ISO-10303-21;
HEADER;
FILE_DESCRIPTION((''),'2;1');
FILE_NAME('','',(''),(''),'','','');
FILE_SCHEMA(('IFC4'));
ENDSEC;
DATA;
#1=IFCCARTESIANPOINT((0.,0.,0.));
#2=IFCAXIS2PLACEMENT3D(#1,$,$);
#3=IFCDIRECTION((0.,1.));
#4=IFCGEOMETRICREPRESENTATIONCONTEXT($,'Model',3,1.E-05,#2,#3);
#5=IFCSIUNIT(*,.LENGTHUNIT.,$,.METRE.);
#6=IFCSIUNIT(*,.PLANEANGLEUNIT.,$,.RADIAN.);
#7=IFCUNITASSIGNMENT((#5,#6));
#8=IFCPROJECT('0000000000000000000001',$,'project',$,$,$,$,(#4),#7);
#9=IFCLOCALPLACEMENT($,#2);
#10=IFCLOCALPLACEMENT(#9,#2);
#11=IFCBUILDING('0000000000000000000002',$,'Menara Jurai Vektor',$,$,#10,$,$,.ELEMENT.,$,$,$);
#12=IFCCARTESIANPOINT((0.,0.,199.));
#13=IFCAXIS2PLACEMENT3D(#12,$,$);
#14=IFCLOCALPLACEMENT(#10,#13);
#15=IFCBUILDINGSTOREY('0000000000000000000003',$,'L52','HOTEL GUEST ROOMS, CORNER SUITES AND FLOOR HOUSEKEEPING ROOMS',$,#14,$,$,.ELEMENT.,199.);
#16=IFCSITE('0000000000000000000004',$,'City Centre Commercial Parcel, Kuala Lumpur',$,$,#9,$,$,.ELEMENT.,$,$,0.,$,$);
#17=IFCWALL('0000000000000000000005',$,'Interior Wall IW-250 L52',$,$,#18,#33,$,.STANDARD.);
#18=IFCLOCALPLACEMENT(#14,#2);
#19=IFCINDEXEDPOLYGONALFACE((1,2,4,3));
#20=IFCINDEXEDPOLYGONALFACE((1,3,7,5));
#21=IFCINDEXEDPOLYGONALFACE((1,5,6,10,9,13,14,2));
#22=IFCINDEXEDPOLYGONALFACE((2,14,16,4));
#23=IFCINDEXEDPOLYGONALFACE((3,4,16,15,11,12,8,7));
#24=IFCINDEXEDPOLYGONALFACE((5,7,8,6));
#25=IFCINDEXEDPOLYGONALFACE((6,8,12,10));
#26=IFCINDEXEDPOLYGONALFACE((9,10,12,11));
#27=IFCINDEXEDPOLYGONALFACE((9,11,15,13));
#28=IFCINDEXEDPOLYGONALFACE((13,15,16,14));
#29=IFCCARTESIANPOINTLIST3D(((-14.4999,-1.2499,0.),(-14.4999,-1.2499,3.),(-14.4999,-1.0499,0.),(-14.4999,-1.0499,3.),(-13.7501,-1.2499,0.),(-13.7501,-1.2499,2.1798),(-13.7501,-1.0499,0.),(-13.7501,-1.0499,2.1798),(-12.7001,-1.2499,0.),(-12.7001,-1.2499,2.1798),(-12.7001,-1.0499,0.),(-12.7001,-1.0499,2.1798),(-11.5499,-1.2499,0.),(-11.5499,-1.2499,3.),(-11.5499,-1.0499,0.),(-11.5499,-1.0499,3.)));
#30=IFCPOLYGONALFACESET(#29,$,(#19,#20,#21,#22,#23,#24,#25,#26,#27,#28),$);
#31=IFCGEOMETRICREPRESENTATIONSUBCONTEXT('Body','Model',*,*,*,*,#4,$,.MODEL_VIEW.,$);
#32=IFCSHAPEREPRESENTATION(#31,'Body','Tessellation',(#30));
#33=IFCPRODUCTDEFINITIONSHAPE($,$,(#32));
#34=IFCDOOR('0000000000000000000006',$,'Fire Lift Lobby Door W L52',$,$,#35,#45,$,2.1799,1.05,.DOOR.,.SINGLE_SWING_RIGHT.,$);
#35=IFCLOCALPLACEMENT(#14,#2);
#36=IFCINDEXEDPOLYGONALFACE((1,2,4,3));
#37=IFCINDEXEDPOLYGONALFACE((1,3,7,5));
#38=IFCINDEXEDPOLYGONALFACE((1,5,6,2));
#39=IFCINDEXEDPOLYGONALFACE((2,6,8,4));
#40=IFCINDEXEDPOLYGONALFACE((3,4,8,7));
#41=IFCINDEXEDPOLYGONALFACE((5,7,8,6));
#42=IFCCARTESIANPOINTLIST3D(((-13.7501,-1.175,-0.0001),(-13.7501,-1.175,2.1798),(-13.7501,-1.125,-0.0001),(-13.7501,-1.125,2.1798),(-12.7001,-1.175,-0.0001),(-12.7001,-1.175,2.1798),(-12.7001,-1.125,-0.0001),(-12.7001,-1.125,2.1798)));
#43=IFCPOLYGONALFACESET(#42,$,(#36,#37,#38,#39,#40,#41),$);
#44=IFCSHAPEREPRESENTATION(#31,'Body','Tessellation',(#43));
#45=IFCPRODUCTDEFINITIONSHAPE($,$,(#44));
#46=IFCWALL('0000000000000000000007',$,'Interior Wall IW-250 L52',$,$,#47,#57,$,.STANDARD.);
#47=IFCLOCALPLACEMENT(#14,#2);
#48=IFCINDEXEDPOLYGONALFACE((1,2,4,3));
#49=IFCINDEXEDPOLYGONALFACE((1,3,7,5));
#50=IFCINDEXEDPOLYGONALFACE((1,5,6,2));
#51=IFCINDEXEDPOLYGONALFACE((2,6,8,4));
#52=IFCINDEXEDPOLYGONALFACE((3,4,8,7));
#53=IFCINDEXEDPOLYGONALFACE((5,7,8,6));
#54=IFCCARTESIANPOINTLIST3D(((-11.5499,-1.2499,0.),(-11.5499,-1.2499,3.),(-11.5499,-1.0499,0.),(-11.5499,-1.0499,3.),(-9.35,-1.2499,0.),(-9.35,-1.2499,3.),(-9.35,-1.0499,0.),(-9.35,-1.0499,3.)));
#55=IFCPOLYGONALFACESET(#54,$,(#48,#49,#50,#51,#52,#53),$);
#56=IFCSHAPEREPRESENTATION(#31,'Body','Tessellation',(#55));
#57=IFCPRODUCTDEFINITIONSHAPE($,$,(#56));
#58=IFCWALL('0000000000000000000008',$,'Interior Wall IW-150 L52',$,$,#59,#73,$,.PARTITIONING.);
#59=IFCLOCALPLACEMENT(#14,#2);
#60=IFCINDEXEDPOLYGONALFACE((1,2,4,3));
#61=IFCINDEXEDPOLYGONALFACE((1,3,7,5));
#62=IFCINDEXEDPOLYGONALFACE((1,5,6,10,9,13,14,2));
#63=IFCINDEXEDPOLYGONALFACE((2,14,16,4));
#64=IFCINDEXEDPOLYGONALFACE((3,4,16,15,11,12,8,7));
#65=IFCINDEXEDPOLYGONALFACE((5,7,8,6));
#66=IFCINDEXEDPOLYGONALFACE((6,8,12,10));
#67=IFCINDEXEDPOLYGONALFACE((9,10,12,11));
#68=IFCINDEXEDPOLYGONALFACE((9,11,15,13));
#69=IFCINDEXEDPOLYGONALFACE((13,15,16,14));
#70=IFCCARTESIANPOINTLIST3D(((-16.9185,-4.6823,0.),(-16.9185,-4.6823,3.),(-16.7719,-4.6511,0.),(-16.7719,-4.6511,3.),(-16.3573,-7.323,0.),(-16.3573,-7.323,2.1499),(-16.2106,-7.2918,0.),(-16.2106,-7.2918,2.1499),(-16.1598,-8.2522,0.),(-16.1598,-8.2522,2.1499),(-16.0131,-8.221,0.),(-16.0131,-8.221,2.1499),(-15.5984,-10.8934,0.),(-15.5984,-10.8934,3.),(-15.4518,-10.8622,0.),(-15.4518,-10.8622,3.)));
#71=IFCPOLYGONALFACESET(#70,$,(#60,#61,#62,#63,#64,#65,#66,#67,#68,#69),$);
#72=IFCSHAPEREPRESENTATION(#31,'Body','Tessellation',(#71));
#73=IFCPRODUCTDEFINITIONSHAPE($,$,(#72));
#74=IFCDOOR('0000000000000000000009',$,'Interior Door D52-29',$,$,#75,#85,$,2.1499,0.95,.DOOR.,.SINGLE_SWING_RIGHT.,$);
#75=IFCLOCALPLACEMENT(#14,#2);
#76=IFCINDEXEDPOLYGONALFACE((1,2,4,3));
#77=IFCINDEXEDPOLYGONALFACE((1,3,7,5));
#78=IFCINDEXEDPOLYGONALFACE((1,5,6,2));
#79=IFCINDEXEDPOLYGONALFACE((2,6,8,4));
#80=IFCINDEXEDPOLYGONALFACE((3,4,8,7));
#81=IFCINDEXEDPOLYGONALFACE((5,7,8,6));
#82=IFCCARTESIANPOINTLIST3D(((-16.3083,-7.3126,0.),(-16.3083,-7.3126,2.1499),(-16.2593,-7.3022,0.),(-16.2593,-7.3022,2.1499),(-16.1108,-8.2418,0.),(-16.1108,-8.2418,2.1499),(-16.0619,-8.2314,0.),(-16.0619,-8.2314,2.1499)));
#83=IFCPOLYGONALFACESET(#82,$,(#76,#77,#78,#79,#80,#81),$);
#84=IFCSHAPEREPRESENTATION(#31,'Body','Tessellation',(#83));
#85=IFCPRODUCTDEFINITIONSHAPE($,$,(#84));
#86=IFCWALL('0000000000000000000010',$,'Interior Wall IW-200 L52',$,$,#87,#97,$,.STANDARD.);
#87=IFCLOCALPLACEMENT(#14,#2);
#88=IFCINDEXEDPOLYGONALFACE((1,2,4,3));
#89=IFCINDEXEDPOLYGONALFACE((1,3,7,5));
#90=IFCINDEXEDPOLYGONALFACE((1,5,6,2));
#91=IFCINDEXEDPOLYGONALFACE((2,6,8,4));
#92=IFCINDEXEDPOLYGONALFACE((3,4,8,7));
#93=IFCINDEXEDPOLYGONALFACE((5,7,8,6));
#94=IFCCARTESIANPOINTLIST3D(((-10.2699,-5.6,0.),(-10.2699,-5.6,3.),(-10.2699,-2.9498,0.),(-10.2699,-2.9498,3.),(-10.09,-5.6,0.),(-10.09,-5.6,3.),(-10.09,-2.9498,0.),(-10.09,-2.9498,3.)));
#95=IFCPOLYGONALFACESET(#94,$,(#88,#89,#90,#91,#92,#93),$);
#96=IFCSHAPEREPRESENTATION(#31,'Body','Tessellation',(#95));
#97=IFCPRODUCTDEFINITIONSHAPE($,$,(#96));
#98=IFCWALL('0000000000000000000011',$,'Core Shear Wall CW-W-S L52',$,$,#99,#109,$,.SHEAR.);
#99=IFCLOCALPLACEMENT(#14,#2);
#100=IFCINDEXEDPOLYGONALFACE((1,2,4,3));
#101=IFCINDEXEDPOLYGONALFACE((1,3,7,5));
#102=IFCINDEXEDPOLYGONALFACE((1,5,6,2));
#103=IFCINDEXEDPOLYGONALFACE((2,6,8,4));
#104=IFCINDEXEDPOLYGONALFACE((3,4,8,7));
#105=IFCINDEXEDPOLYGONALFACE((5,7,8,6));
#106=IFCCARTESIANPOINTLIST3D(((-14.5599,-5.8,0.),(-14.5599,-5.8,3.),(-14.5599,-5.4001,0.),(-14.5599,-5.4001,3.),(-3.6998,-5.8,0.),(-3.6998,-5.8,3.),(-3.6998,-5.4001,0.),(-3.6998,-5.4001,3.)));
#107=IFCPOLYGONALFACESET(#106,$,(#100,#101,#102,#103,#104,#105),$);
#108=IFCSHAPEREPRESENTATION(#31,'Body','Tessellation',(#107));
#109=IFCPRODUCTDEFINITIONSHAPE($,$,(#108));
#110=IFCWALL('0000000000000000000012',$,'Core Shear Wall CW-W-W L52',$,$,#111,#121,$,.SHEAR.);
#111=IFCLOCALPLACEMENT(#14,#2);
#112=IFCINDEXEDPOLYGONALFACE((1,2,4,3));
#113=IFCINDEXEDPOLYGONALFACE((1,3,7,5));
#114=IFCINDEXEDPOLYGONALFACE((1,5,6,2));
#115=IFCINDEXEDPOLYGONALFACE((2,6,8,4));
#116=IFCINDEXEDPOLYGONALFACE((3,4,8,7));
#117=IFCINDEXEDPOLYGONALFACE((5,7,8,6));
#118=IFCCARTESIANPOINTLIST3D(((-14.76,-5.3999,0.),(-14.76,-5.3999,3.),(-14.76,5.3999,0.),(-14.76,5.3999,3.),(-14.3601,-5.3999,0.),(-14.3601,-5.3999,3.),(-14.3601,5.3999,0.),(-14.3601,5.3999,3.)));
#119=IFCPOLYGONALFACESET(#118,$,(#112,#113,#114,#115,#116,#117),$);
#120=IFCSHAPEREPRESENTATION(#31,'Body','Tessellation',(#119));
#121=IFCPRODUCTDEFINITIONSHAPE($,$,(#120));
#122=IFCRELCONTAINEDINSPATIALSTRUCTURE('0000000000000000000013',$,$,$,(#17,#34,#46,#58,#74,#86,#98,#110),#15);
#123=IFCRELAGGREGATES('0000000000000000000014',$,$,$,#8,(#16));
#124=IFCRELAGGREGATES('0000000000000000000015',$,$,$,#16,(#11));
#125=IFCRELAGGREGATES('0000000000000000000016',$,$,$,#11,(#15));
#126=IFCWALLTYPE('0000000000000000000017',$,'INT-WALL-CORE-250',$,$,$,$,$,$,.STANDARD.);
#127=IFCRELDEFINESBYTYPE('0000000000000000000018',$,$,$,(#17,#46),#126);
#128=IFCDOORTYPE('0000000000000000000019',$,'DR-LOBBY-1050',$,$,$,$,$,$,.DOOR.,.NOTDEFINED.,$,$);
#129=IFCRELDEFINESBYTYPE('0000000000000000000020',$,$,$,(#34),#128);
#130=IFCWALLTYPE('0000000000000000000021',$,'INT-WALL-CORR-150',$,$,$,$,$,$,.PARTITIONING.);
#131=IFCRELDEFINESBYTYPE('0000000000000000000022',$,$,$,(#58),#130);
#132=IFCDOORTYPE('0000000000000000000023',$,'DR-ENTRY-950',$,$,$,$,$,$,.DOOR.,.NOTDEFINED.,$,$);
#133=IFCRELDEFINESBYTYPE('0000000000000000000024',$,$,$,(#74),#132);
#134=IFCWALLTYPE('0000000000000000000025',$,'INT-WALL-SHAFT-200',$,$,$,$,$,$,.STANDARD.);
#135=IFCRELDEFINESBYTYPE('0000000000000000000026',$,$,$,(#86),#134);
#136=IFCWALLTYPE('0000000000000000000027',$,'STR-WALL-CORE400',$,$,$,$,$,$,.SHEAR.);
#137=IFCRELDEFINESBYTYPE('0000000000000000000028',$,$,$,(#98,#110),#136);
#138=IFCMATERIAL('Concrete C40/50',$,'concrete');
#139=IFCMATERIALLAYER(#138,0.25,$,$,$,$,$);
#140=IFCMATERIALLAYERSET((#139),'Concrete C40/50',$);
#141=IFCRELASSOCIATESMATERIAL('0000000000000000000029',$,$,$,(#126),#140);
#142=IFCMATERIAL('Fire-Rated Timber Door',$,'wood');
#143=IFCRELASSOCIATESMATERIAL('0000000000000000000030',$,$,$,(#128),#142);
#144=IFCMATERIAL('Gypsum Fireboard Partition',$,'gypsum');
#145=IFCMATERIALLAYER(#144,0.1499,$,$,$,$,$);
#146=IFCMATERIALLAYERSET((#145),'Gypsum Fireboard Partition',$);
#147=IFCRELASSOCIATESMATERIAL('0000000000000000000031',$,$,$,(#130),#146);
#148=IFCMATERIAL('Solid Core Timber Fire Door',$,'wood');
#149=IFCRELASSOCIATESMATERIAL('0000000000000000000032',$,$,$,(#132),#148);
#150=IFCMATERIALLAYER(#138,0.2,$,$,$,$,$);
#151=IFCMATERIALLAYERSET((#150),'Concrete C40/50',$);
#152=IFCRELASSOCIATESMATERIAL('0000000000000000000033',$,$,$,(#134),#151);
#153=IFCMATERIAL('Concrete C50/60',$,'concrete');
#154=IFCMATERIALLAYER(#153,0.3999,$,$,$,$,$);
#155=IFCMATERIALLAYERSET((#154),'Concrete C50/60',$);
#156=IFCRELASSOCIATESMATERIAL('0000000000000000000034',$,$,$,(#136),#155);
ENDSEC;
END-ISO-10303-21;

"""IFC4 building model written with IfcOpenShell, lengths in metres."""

from ifc_helpers import new_model, si_unit, direction, frame, frame_2d, origin, place, context, subcontext, project, spatial, rectangle, extrude, material, layer, layer_set, type_object, element, fill, save


model = new_model("IFC4")

# Units and contexts
model_context = context("Model", 3, precision=1e-05, world=origin(), true_north=direction((0.0, 1.0)))
body_context = subcontext(model_context, "Body", "Model", "MODEL_VIEW")
ifc_project = project(units=[si_unit("LENGTHUNIT", "METRE"), si_unit("PLANEANGLEUNIT", "RADIAN")], contexts=[model_context])

# Site, building, storey
site_placement = place(None, origin())
site = spatial("IfcSite", under=ifc_project, at=site_placement, Name="City Centre Commercial Parcel, Kuala Lumpur", CompositionType="ELEMENT", RefElevation=0.0)
building_placement = place(site_placement, origin())
building = spatial("IfcBuilding", under=site, at=building_placement, Name="Menara Jurai Vektor", CompositionType="ELEMENT")
storey_placement = place(building_placement, frame((0.0, 0.0, 199.0)))
storey = spatial("IfcBuildingStorey", under=building, at=storey_placement, Name="L52", Description="HOTEL GUEST ROOMS, CORNER SUITES AND FLOOR HOUSEKEEPING ROOMS", CompositionType="ELEMENT", Elevation=199.0)

# Shared definitions
ifc_material_1 = material(Name="Concrete C50/60", Category="concrete")

# Shared definitions
ifc_material_2 = material(Name="Concrete C40/50", Category="concrete")
ifc_layer_1 = layer(ifc_material_2, 0.25)
ifc_layer_set_1 = layer_set([ifc_layer_1], Name="Concrete C40/50")
wall_type_1 = type_object("IfcWallType", Name="INT-WALL-CORE-250", PredefinedType="STANDARD", material=ifc_layer_set_1)

# Wall, opening, door
wall_1_placement = place(storey_placement, frame((-14.5, -1.1499, 0.0), z_axis=(0.0, 0.0, 1.0), x_axis=(1.0, 0.0, 0.0)))
wall_1 = element("IfcWall", 1, at=wall_1_placement, inside=storey, type_object=wall_type_1, Name="Interior Wall IW-250 L52", PredefinedType="STANDARD", context=body_context, shape_type="SweptSolid", body=[
    extrude(rectangle(XDim=2.95, YDim=0.2, at=frame_2d((1.4751, 0.0))), origin(), (0.0, 0.0, 1.0), 3.0),
])
opening_1_placement = place(wall_1_placement, frame((0.75, 0.0, 0.0)))
opening_1 = element("IfcOpeningElement", 2, at=opening_1_placement, cuts=wall_1, PredefinedType="OPENING", context=body_context, shape_type="SweptSolid", body=[
    extrude(rectangle(XDim=1.05, YDim=2.1799, at=frame_2d((0.5249, 1.0898))), frame((0.0, 0.1099, 0.0), z_axis=(0.0, -1.0, 0.0), x_axis=(1.0, 0.0, 0.0)), (0.0, 0.0, 1.0), 0.22),
])
ifc_material_3 = material(Name="Fire-Rated Timber Door", Category="wood")
door_type_1 = type_object("IfcDoorType", Name="DR-LOBBY-1050", OperationType="NOTDEFINED", PredefinedType="DOOR", material=ifc_material_3)
door_1_placement = place(opening_1_placement, origin())
door_1 = element("IfcDoor", 3, at=door_1_placement, inside=storey, type_object=door_type_1, Name="Fire Lift Lobby Door W L52", OperationType="SINGLE_SWING_RIGHT", OverallHeight=2.1799, OverallWidth=1.05, PredefinedType="DOOR", context=body_context, shape_type="SweptSolid", body=[
    extrude(rectangle(XDim=1.05, YDim=2.1799, at=frame_2d((0.5249, 1.0898))), frame((0.0, 0.0249, 0.0), z_axis=(0.0, -1.0, 0.0), x_axis=(1.0, 0.0, 0.0)), (0.0, 0.0, 1.0), 0.05),
])
fill(opening_1, door_1)

# Wall
wall_2_placement = place(storey_placement, frame((-11.55, -1.1499, 0.0), z_axis=(0.0, 0.0, 1.0), x_axis=(1.0, 0.0, 0.0)))
element("IfcWall", 4, at=wall_2_placement, inside=storey, type_object=wall_type_1, Name="Interior Wall IW-250 L52", PredefinedType="STANDARD", context=body_context, shape_type="SweptSolid", body=[
    extrude(rectangle(XDim=2.2, YDim=0.2, at=frame_2d((1.1001, 0.0))), origin(), (0.0, 0.0, 1.0), 3.0),
])

# Wall, opening, door
ifc_material_4 = material(Name="Gypsum Fireboard Partition", Category="gypsum")
ifc_layer_2 = layer(ifc_material_4, 0.1499)
ifc_layer_set_2 = layer_set([ifc_layer_2], Name="Gypsum Fireboard Partition")
wall_type_2 = type_object("IfcWallType", Name="INT-WALL-CORR-150", PredefinedType="PARTITIONING", material=ifc_layer_set_2)
wall_3_placement = place(storey_placement, frame((-15.5251, -10.8777, 0.0), z_axis=(0.0, 0.0, 1.0), x_axis=(-0.207888, 0.978153, 0.0)))
wall_3 = element("IfcWall", 5, at=wall_3_placement, inside=storey, type_object=wall_type_2, Name="Interior Wall IW-150 L52", PredefinedType="PARTITIONING", context=body_context, shape_type="SweptSolid", body=[
    extrude(rectangle(XDim=6.3499, YDim=0.1499, at=frame_2d((3.1748, 0.0))), origin(), (0.0, 0.0, 1.0), 3.0),
])
opening_2_placement = place(wall_3_placement, frame((2.7, 0.0, 0.0)))
opening_2 = element("IfcOpeningElement", 6, at=opening_2_placement, cuts=wall_3, PredefinedType="OPENING", context=body_context, shape_type="SweptSolid", body=[
    extrude(rectangle(XDim=0.95, YDim=2.1499, at=frame_2d((0.4751, 1.075))), frame((0.0, 0.085, 0.0), z_axis=(0.0, -1.0, 0.0), x_axis=(1.0, 0.0, 0.0)), (0.0, 0.0, 1.0), 0.1699),
])
ifc_material_5 = material(Name="Solid Core Timber Fire Door", Category="wood")
door_type_2 = type_object("IfcDoorType", Name="DR-ENTRY-950", OperationType="NOTDEFINED", PredefinedType="DOOR", material=ifc_material_5)
door_2_placement = place(opening_2_placement, origin())
door_2 = element("IfcDoor", 7, at=door_2_placement, inside=storey, type_object=door_type_2, Name="Interior Door D52-29", OperationType="SINGLE_SWING_RIGHT", OverallHeight=2.1499, OverallWidth=0.95, PredefinedType="DOOR", context=body_context, shape_type="SweptSolid", body=[
    extrude(rectangle(XDim=0.95, YDim=2.1499, at=frame_2d((0.4751, 1.075))), frame((0.0, 0.0249, 0.0), z_axis=(0.0, -1.0, 0.0), x_axis=(1.0, 0.0, 0.0)), (0.0, 0.0, 1.0), 0.05),
])
fill(opening_2, door_2)
ifc_layer_3 = layer(ifc_material_2, 0.2)
ifc_layer_set_3 = layer_set([ifc_layer_3], Name="Concrete C40/50")
wall_type_3 = type_object("IfcWallType", Name="INT-WALL-SHAFT-200", PredefinedType="STANDARD", material=ifc_layer_set_3)

# Walls
wall_4_placement = place(storey_placement, frame((-10.1799, -5.6001, 0.0), z_axis=(0.0, 0.0, 1.0), x_axis=(0.0, 1.0, 0.0)))
element("IfcWall", 8, at=wall_4_placement, inside=storey, type_object=wall_type_3, Name="Interior Wall IW-200 L52", PredefinedType="STANDARD", context=body_context, shape_type="SweptSolid", body=[
    extrude(rectangle(XDim=2.6501, YDim=0.1799, at=frame_2d((1.3252, 0.0))), origin(), (0.0, 0.0, 1.0), 3.0),
])
ifc_layer_4 = layer(ifc_material_1, 0.3999)
ifc_layer_set_4 = layer_set([ifc_layer_4], Name="Concrete C50/60")
wall_type_4 = type_object("IfcWallType", Name="STR-WALL-CORE400", PredefinedType="SHEAR", material=ifc_layer_set_4)
wall_5_placement = place(storey_placement, frame((-14.5601, -5.6001, 0.0), z_axis=(0.0, 0.0, 1.0), x_axis=(1.0, 0.0, 0.0)))
element("IfcWall", 9, at=wall_5_placement, inside=storey, type_object=wall_type_4, Name="Core Shear Wall CW-W-S L52", PredefinedType="SHEAR", context=body_context, shape_type="SweptSolid", body=[
    extrude(rectangle(XDim=10.8601, YDim=0.3999, at=frame_2d((5.4302, 0.0))), origin(), (0.0, 0.0, 1.0), 3.0),
])
wall_6_placement = place(storey_placement, frame((-14.5601, -5.3999, 0.0), z_axis=(0.0, 0.0, 1.0), x_axis=(0.0, 1.0, 0.0)))
element("IfcWall", 10, at=wall_6_placement, inside=storey, type_object=wall_type_4, Name="Core Shear Wall CW-W-W L52", PredefinedType="SHEAR", context=body_context, shape_type="SweptSolid", body=[
    extrude(rectangle(XDim=10.7998, YDim=0.3999, at=frame_2d((5.3999, 0.0))), origin(), (0.0, 0.0, 1.0), 3.0),
])

save(model, "model.ifc")
